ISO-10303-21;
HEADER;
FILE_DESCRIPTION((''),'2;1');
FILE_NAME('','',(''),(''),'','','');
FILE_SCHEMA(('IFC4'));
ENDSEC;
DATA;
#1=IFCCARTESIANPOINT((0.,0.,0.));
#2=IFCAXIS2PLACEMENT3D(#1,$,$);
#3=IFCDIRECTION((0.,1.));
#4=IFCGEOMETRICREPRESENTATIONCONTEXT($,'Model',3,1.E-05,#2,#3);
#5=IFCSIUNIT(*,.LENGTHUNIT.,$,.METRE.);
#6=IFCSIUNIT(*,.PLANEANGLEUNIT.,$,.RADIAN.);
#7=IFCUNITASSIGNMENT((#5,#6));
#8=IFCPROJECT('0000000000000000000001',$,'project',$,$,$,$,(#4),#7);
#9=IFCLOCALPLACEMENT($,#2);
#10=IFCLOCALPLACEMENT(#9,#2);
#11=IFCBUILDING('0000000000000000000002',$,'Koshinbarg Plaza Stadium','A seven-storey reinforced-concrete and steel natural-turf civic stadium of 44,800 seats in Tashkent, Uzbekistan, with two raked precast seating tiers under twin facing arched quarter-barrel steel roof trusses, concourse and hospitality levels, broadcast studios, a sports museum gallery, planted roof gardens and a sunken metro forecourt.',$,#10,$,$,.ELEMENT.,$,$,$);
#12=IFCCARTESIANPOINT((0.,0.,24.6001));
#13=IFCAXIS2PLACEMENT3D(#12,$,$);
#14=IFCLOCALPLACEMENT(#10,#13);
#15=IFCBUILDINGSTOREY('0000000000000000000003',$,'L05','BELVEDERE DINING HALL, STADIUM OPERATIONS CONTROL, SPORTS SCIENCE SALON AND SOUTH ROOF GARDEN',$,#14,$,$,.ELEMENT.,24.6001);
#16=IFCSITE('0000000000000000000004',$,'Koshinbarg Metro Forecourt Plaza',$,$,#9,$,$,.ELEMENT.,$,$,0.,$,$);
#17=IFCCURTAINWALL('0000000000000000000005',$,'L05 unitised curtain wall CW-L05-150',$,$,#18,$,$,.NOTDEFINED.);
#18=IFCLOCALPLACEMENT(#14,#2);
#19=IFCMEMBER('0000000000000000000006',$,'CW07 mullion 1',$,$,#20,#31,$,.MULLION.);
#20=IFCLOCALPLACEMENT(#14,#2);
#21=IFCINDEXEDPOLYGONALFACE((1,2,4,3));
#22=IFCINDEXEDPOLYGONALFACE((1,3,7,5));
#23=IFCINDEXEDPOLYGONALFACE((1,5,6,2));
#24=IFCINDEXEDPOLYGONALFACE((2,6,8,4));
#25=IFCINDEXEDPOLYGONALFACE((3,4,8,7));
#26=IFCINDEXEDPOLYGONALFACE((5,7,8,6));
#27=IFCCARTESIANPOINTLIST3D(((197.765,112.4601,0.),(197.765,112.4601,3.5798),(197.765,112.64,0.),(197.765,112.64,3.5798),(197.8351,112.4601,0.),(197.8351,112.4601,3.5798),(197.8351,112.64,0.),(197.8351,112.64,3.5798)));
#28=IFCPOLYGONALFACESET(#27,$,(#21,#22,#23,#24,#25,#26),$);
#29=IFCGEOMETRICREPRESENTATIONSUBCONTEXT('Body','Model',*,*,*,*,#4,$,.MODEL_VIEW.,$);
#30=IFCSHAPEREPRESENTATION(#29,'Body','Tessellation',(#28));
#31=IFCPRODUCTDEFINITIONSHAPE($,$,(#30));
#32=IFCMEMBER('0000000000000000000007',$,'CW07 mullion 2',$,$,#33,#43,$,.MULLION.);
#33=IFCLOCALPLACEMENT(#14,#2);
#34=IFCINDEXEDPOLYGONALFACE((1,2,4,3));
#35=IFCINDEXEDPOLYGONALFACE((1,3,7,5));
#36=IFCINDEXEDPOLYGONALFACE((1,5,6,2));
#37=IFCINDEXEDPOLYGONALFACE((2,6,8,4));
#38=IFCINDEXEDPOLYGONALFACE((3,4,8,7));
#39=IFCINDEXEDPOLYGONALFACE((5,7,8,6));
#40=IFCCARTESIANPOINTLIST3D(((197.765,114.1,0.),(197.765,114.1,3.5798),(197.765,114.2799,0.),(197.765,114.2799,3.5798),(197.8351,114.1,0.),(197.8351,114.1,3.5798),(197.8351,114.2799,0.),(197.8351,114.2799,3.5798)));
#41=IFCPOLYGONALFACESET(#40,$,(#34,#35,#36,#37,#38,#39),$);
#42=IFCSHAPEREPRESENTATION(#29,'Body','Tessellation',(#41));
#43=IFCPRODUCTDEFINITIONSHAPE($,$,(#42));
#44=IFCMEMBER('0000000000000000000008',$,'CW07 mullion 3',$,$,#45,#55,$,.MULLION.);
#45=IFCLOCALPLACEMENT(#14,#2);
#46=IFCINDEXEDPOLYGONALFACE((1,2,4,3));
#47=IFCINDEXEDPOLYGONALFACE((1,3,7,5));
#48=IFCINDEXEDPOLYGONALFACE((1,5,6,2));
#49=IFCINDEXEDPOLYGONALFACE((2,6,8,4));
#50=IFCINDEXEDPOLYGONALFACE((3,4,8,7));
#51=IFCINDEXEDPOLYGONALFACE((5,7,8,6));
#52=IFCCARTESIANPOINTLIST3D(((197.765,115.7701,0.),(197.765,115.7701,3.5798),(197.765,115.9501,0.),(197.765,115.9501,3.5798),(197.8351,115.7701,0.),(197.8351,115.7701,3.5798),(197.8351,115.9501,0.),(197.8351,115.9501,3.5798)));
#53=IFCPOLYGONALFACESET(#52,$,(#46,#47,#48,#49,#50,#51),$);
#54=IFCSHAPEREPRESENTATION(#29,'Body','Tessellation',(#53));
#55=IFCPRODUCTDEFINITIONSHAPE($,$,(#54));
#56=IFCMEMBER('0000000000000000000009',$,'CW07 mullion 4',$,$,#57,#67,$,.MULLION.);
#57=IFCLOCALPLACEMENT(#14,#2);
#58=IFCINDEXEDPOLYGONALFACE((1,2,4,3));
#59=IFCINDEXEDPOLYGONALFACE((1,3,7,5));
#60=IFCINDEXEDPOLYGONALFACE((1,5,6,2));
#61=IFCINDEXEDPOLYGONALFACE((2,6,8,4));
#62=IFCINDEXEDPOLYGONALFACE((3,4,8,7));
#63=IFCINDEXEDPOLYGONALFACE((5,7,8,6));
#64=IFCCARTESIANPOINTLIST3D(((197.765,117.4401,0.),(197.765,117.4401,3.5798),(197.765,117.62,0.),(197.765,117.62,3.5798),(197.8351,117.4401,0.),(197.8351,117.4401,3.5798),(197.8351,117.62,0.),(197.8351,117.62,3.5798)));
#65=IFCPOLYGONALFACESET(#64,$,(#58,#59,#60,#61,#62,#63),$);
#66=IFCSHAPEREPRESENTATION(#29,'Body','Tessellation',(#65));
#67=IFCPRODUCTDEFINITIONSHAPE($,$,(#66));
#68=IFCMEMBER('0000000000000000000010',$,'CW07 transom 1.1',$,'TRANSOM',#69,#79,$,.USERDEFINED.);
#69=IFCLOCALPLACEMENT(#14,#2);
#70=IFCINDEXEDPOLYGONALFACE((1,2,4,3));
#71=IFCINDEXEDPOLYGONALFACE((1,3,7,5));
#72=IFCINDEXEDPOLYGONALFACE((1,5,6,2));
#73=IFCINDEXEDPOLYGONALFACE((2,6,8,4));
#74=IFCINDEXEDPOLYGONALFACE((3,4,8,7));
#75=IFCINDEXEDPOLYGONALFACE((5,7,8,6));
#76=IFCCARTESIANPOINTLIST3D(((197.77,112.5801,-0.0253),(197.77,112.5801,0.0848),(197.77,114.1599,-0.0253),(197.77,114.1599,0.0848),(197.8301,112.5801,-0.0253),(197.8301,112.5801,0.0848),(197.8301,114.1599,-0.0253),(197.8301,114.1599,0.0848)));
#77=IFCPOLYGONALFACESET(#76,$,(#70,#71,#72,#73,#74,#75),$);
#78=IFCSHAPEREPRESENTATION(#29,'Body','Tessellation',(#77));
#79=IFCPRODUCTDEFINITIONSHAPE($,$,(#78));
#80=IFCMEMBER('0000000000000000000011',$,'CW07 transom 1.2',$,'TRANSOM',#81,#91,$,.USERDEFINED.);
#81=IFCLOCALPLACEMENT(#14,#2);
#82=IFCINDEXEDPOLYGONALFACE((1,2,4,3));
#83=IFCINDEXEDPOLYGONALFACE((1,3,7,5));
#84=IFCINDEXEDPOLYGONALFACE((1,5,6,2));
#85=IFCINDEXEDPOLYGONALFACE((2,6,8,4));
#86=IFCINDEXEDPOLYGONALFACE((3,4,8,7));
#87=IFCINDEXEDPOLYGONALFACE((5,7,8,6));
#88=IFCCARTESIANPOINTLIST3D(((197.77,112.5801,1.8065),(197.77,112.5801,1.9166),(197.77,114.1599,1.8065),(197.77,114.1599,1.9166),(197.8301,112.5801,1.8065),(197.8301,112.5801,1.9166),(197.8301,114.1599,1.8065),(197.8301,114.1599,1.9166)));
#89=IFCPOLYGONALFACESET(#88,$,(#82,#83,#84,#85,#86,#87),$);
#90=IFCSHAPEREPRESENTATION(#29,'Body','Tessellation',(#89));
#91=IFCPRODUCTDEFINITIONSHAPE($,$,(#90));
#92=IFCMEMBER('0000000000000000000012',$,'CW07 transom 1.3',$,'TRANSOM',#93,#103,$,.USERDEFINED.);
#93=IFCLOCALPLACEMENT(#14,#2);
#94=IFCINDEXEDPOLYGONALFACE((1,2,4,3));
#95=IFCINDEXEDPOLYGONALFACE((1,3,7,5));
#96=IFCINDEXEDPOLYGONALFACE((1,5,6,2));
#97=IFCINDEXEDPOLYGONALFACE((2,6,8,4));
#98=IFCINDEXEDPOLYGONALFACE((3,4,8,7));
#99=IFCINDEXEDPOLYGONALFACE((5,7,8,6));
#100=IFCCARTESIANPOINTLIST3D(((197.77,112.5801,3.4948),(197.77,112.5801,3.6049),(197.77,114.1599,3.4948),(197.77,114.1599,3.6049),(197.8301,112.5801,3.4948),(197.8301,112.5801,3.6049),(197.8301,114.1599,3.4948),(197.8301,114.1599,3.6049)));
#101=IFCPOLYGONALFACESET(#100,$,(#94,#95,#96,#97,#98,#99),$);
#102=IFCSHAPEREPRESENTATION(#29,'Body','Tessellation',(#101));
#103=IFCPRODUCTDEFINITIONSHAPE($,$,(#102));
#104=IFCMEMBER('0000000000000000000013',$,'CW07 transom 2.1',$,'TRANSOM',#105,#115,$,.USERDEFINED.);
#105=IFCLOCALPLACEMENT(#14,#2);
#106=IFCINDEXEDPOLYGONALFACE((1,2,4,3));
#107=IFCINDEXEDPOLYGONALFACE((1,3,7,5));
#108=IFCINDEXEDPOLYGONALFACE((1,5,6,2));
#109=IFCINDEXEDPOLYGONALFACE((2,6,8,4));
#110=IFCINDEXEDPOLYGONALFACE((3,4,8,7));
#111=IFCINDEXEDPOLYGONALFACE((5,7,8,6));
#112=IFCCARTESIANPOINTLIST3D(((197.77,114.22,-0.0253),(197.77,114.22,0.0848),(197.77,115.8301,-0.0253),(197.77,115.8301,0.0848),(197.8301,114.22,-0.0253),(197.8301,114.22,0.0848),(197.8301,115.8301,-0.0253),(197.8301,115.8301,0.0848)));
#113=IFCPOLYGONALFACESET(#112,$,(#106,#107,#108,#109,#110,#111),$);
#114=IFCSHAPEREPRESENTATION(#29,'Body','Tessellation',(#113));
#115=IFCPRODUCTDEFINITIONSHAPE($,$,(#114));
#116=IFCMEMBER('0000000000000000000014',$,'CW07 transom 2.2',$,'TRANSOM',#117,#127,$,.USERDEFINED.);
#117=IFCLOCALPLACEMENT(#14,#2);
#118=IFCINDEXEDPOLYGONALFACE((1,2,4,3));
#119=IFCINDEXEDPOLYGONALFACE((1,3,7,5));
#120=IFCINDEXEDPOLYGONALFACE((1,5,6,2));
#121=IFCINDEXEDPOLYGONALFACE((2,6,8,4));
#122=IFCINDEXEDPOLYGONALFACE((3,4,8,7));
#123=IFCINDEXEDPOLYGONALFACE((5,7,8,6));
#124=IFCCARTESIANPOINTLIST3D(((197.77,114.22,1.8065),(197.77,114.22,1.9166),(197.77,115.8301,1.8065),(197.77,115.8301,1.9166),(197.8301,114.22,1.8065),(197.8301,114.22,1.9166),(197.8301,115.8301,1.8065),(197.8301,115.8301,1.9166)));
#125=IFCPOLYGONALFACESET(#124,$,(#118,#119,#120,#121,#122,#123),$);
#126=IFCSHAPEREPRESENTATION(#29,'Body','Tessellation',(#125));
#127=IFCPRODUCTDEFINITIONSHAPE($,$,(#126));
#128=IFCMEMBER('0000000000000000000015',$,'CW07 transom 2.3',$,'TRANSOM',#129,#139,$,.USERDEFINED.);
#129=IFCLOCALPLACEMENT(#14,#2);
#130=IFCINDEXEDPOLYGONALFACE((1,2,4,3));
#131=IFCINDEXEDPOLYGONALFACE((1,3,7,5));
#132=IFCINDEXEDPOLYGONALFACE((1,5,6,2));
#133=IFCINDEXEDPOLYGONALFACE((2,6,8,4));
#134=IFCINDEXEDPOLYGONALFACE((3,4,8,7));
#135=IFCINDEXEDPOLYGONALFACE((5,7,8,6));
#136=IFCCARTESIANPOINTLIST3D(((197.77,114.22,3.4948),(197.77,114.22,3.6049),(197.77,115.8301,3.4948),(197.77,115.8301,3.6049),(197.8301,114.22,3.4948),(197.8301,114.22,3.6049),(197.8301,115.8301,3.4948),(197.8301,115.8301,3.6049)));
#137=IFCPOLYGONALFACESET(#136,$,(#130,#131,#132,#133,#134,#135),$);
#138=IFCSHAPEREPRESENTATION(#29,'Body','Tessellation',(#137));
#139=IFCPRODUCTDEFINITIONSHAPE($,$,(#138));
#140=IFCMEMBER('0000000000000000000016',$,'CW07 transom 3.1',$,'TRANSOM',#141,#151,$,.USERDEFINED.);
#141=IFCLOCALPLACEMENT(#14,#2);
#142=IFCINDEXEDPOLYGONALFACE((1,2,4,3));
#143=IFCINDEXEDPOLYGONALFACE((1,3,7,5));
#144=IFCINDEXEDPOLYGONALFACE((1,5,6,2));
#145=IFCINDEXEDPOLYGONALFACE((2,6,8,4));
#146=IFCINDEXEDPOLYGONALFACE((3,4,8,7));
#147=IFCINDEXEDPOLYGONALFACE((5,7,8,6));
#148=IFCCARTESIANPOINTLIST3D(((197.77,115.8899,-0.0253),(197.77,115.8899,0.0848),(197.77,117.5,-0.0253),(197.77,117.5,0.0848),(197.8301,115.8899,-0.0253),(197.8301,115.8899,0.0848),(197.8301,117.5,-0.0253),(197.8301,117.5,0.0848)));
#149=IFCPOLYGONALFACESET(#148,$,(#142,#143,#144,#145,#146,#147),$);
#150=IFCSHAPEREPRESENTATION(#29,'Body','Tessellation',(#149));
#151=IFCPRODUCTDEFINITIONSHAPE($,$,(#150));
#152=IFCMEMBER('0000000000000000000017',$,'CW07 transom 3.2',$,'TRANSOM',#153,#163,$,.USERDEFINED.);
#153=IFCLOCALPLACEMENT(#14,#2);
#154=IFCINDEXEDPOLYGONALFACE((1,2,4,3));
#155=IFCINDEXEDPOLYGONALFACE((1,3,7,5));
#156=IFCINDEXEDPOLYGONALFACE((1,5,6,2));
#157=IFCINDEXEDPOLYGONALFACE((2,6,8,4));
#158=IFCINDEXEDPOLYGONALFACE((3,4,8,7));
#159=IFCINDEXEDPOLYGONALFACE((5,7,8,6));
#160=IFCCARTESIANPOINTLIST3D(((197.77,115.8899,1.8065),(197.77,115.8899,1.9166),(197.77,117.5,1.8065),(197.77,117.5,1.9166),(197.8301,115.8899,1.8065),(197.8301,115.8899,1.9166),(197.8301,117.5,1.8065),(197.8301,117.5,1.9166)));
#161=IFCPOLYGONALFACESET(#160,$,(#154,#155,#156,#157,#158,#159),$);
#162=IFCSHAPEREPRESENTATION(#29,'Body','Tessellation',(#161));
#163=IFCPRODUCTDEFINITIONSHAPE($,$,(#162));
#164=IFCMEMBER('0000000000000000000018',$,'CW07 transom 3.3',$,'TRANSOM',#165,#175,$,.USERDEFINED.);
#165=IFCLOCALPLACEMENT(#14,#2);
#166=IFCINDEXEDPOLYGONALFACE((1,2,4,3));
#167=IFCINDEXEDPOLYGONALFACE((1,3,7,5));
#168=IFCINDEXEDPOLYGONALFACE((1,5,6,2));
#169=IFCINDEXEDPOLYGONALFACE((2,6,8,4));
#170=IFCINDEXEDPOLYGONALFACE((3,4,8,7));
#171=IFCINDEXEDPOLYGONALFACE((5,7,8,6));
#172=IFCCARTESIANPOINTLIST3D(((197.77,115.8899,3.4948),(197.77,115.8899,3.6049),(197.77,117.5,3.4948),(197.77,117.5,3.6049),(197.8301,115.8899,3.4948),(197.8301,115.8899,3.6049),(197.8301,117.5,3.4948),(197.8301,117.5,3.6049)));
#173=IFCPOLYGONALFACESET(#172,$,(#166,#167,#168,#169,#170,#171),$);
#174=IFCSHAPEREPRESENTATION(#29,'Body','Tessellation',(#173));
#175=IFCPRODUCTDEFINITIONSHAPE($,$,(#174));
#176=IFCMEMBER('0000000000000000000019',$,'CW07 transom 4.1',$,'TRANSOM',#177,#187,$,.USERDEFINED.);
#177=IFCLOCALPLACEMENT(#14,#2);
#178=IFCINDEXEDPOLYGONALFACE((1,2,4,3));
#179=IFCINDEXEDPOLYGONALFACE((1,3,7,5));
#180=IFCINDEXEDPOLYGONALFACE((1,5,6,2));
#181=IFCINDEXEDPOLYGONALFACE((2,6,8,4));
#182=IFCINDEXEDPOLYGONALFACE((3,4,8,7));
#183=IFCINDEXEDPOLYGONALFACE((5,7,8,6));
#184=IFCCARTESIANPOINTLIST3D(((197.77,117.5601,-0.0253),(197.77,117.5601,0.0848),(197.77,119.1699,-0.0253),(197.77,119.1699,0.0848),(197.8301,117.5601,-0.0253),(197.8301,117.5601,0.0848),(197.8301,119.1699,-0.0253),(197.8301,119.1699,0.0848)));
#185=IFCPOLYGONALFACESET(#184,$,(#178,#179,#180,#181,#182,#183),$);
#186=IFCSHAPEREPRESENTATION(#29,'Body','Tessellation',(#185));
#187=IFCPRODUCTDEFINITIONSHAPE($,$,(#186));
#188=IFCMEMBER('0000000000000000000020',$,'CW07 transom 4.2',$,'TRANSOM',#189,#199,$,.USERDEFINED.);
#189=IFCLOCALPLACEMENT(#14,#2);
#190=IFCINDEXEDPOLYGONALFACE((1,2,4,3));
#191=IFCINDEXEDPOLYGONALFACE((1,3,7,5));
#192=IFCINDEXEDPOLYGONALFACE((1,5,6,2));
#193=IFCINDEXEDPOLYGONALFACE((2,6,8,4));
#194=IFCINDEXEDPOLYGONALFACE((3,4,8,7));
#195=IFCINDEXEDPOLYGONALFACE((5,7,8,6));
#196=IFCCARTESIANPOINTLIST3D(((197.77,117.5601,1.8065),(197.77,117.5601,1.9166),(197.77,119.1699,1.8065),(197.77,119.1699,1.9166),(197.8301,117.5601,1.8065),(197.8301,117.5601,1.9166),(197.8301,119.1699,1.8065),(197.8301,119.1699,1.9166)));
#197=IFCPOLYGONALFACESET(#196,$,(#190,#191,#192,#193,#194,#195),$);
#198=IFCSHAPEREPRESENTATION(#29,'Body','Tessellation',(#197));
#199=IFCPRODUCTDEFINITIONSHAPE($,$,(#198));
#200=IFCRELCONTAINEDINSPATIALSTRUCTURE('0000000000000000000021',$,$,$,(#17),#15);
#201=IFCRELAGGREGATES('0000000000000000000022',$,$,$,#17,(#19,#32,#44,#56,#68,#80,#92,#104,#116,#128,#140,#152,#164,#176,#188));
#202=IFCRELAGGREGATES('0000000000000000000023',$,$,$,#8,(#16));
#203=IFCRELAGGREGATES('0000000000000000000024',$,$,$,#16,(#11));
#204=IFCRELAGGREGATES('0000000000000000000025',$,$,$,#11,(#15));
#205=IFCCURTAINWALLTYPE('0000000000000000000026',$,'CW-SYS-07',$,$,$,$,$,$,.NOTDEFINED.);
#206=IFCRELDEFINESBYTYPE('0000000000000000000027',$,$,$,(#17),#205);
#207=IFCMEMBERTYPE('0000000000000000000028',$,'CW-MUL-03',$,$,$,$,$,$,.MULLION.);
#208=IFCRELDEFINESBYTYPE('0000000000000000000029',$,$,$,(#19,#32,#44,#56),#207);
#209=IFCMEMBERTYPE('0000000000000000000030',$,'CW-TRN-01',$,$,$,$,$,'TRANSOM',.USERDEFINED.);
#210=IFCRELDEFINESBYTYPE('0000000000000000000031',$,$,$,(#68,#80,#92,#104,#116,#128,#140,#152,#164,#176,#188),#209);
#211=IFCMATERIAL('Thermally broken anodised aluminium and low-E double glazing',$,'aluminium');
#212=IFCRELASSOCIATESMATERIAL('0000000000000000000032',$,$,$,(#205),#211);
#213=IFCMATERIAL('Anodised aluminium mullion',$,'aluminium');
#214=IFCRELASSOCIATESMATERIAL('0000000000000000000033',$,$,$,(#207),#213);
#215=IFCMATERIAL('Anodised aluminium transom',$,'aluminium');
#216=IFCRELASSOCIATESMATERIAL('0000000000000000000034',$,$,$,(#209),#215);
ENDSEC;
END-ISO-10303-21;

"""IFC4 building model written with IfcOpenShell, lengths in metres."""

from ifc_helpers import new_model, si_unit, direction, frame, origin, origin_2d, place, context, subcontext, project, spatial, rectangle, extrude, material, material_profile, profile_set, type_object, element, aggregate, save


model = new_model("IFC4")

# Units and contexts
model_context = context("Model", 3, precision=1e-05, world=origin(), true_north=direction((0.0, 1.0)))
body_context = subcontext(model_context, "Body", "Model", "MODEL_VIEW")
ifc_project = project(units=[si_unit("LENGTHUNIT", "METRE"), si_unit("PLANEANGLEUNIT", "RADIAN")], contexts=[model_context])

# Site, building, storey
site_placement = place(None, origin())
site = spatial("IfcSite", under=ifc_project, at=site_placement, Name="Koshinbarg Metro Forecourt Plaza", CompositionType="ELEMENT", RefElevation=0.0)
building_placement = place(site_placement, origin())
building = spatial("IfcBuilding", under=site, at=building_placement, Name="Koshinbarg Plaza Stadium", Description="A seven-storey reinforced-concrete and steel natural-turf civic stadium of 44,800 seats in Tashkent, Uzbekistan, with two raked precast seating tiers under twin facing arched quarter-barrel steel roof trusses, concourse and hospitality levels, broadcast studios, a sports museum gallery, planted roof gardens and a sunken metro forecourt.", CompositionType="ELEMENT")
storey_placement = place(building_placement, frame((0.0, 0.0, 24.6001)))
storey = spatial("IfcBuildingStorey", under=building, at=storey_placement, Name="L05", Description="BELVEDERE DINING HALL, STADIUM OPERATIONS CONTROL, SPORTS SCIENCE SALON AND SOUTH ROOF GARDEN", CompositionType="ELEMENT", Elevation=24.6001)

# Curtain wall, members
ifc_material_1 = material(Name="Thermally broken anodised aluminium and low-E double glazing", Category="aluminium")
curtain_wall_type = type_object("IfcCurtainWallType", Name="CW-SYS-07", PredefinedType="NOTDEFINED", material=ifc_material_1)
curtain_wall_placement = place(storey_placement, origin())
curtain_wall = element("IfcCurtainWall", 1, at=curtain_wall_placement, inside=storey, type_object=curtain_wall_type, Name="L05 unitised curtain wall CW-L05-150", PredefinedType="NOTDEFINED")
ifc_material_2 = material(Name="Anodised aluminium mullion", Category="aluminium")
ifc_material_profile_1 = material_profile(ifc_material_2, rectangle(XDim=0.0701, YDim=0.1799, at=origin_2d()), Name="ALU 70x180")
ifc_profile_set_1 = profile_set([ifc_material_profile_1], Name="Anodised aluminium mullion")
member_type_1 = type_object("IfcMemberType", Name="CW-MUL-03", PredefinedType="MULLION", material=ifc_profile_set_1)
member_1_placement = place(storey_placement, frame((197.8, 112.55, 0.0), z_axis=(0.0, 0.0, 1.0), x_axis=(-1.0, 0.0, 0.0)))
member_1 = element("IfcMember", 2, at=member_1_placement, type_object=member_type_1, Name="CW07 mullion 1", PredefinedType="MULLION", context=body_context, shape_type="SweptSolid", body=[
    extrude(rectangle(XDim=0.0701, YDim=0.1799, at=origin_2d()), origin(), (0.0, 0.0, 1.0), 3.5798),
])
member_2_placement = place(storey_placement, frame((197.8, 114.1899, 0.0), z_axis=(0.0, 0.0, 1.0), x_axis=(-1.0, 0.0, 0.0)))
member_2 = element("IfcMember", 3, at=member_2_placement, type_object=member_type_1, Name="CW07 mullion 2", PredefinedType="MULLION", context=body_context, shape_type="SweptSolid", body=[
    extrude(rectangle(XDim=0.0701, YDim=0.1799, at=origin_2d()), origin(), (0.0, 0.0, 1.0), 3.5798),
])
member_3_placement = place(storey_placement, frame((197.8, 115.8601, 0.0), z_axis=(0.0, 0.0, 1.0), x_axis=(-1.0, 0.0, 0.0)))
member_3 = element("IfcMember", 4, at=member_3_placement, type_object=member_type_1, Name="CW07 mullion 3", PredefinedType="MULLION", context=body_context, shape_type="SweptSolid", body=[
    extrude(rectangle(XDim=0.0701, YDim=0.1799, at=origin_2d()), origin(), (0.0, 0.0, 1.0), 3.5798),
])
member_4_placement = place(storey_placement, frame((197.8, 117.53, 0.0), z_axis=(0.0, 0.0, 1.0), x_axis=(-1.0, 0.0, 0.0)))
member_4 = element("IfcMember", 5, at=member_4_placement, type_object=member_type_1, Name="CW07 mullion 4", PredefinedType="MULLION", context=body_context, shape_type="SweptSolid", body=[
    extrude(rectangle(XDim=0.0701, YDim=0.1799, at=origin_2d()), origin(), (0.0, 0.0, 1.0), 3.5798),
])
ifc_material_3 = material(Name="Anodised aluminium transom", Category="aluminium")
ifc_material_profile_2 = material_profile(ifc_material_3, rectangle(XDim=0.0601, YDim=0.1101, at=origin_2d()), Name="ALU 60x110")
ifc_profile_set_2 = profile_set([ifc_material_profile_2], Name="Anodised aluminium transom")
member_type_2 = type_object("IfcMemberType", Name="CW-TRN-01", ElementType="TRANSOM", PredefinedType="USERDEFINED", material=ifc_profile_set_2)
member_5_placement = place(storey_placement, frame((197.8, 112.5801, 0.0298), z_axis=(0.0, 1.0, 0.0), x_axis=(-1.0, 0.0, 0.0)))
member_5 = element("IfcMember", 6, at=member_5_placement, type_object=member_type_2, Name="CW07 transom 1.1", ObjectType="TRANSOM", PredefinedType="USERDEFINED", context=body_context, shape_type="SweptSolid", body=[
    extrude(rectangle(XDim=0.0601, YDim=0.1101, at=origin_2d()), origin(), (0.0, 0.0, 1.0), 1.5798),
])
member_6_placement = place(storey_placement, frame((197.8, 112.5801, 1.8616), z_axis=(0.0, 1.0, 0.0), x_axis=(-1.0, 0.0, 0.0)))
member_6 = element("IfcMember", 7, at=member_6_placement, type_object=member_type_2, Name="CW07 transom 1.2", ObjectType="TRANSOM", PredefinedType="USERDEFINED", context=body_context, shape_type="SweptSolid", body=[
    extrude(rectangle(XDim=0.0601, YDim=0.1101, at=origin_2d()), origin(), (0.0, 0.0, 1.0), 1.5798),
])
member_7_placement = place(storey_placement, frame((197.8, 112.5801, 3.5498), z_axis=(0.0, 1.0, 0.0), x_axis=(-1.0, 0.0, 0.0)))
member_7 = element("IfcMember", 8, at=member_7_placement, type_object=member_type_2, Name="CW07 transom 1.3", ObjectType="TRANSOM", PredefinedType="USERDEFINED", context=body_context, shape_type="SweptSolid", body=[
    extrude(rectangle(XDim=0.0601, YDim=0.1101, at=origin_2d()), origin(), (0.0, 0.0, 1.0), 1.5798),
])
member_8_placement = place(storey_placement, frame((197.8, 114.22, 0.0298), z_axis=(0.0, 1.0, 0.0), x_axis=(-1.0, 0.0, 0.0)))
member_8 = element("IfcMember", 9, at=member_8_placement, type_object=member_type_2, Name="CW07 transom 2.1", ObjectType="TRANSOM", PredefinedType="USERDEFINED", context=body_context, shape_type="SweptSolid", body=[
    extrude(rectangle(XDim=0.0601, YDim=0.1101, at=origin_2d()), origin(), (0.0, 0.0, 1.0), 1.6101),
])
member_9_placement = place(storey_placement, frame((197.8, 114.22, 1.8616), z_axis=(0.0, 1.0, 0.0), x_axis=(-1.0, 0.0, 0.0)))
member_9 = element("IfcMember", 10, at=member_9_placement, type_object=member_type_2, Name="CW07 transom 2.2", ObjectType="TRANSOM", PredefinedType="USERDEFINED", context=body_context, shape_type="SweptSolid", body=[
    extrude(rectangle(XDim=0.0601, YDim=0.1101, at=origin_2d()), origin(), (0.0, 0.0, 1.0), 1.6101),
])
member_10_placement = place(storey_placement, frame((197.8, 114.22, 3.5498), z_axis=(0.0, 1.0, 0.0), x_axis=(-1.0, 0.0, 0.0)))
member_10 = element("IfcMember", 11, at=member_10_placement, type_object=member_type_2, Name="CW07 transom 2.3", ObjectType="TRANSOM", PredefinedType="USERDEFINED", context=body_context, shape_type="SweptSolid", body=[
    extrude(rectangle(XDim=0.0601, YDim=0.1101, at=origin_2d()), origin(), (0.0, 0.0, 1.0), 1.6101),
])
member_11_placement = place(storey_placement, frame((197.8, 115.8899, 0.0298), z_axis=(0.0, 1.0, 0.0), x_axis=(-1.0, 0.0, 0.0)))
member_11 = element("IfcMember", 12, at=member_11_placement, type_object=member_type_2, Name="CW07 transom 3.1", ObjectType="TRANSOM", PredefinedType="USERDEFINED", context=body_context, shape_type="SweptSolid", body=[
    extrude(rectangle(XDim=0.0601, YDim=0.1101, at=origin_2d()), origin(), (0.0, 0.0, 1.0), 1.6101),
])
member_12_placement = place(storey_placement, frame((197.8, 115.8899, 1.8616), z_axis=(0.0, 1.0, 0.0), x_axis=(-1.0, 0.0, 0.0)))
member_12 = element("IfcMember", 13, at=member_12_placement, type_object=member_type_2, Name="CW07 transom 3.2", ObjectType="TRANSOM", PredefinedType="USERDEFINED", context=body_context, shape_type="SweptSolid", body=[
    extrude(rectangle(XDim=0.0601, YDim=0.1101, at=origin_2d()), origin(), (0.0, 0.0, 1.0), 1.6101),
])
member_13_placement = place(storey_placement, frame((197.8, 115.8899, 3.5498), z_axis=(0.0, 1.0, 0.0), x_axis=(-1.0, 0.0, 0.0)))
member_13 = element("IfcMember", 14, at=member_13_placement, type_object=member_type_2, Name="CW07 transom 3.3", ObjectType="TRANSOM", PredefinedType="USERDEFINED", context=body_context, shape_type="SweptSolid", body=[
    extrude(rectangle(XDim=0.0601, YDim=0.1101, at=origin_2d()), origin(), (0.0, 0.0, 1.0), 1.6101),
])
member_14_placement = place(storey_placement, frame((197.8, 117.5601, 0.0298), z_axis=(0.0, 1.0, 0.0), x_axis=(-1.0, 0.0, 0.0)))
member_14 = element("IfcMember", 15, at=member_14_placement, type_object=member_type_2, Name="CW07 transom 4.1", ObjectType="TRANSOM", PredefinedType="USERDEFINED", context=body_context, shape_type="SweptSolid", body=[
    extrude(rectangle(XDim=0.0601, YDim=0.1101, at=origin_2d()), origin(), (0.0, 0.0, 1.0), 1.6099),
])
member_15_placement = place(storey_placement, frame((197.8, 117.5601, 1.8616), z_axis=(0.0, 1.0, 0.0), x_axis=(-1.0, 0.0, 0.0)))
member_15 = element("IfcMember", 16, at=member_15_placement, type_object=member_type_2, Name="CW07 transom 4.2", ObjectType="TRANSOM", PredefinedType="USERDEFINED", context=body_context, shape_type="SweptSolid", body=[
    extrude(rectangle(XDim=0.0601, YDim=0.1101, at=origin_2d()), origin(), (0.0, 0.0, 1.0), 1.6099),
])
aggregate(curtain_wall, [member_1, member_2, member_3, member_4, member_5, member_6, member_7, member_8, member_9, member_10, member_11, member_12, member_13, member_14, member_15])

save(model, "model.ifc")
